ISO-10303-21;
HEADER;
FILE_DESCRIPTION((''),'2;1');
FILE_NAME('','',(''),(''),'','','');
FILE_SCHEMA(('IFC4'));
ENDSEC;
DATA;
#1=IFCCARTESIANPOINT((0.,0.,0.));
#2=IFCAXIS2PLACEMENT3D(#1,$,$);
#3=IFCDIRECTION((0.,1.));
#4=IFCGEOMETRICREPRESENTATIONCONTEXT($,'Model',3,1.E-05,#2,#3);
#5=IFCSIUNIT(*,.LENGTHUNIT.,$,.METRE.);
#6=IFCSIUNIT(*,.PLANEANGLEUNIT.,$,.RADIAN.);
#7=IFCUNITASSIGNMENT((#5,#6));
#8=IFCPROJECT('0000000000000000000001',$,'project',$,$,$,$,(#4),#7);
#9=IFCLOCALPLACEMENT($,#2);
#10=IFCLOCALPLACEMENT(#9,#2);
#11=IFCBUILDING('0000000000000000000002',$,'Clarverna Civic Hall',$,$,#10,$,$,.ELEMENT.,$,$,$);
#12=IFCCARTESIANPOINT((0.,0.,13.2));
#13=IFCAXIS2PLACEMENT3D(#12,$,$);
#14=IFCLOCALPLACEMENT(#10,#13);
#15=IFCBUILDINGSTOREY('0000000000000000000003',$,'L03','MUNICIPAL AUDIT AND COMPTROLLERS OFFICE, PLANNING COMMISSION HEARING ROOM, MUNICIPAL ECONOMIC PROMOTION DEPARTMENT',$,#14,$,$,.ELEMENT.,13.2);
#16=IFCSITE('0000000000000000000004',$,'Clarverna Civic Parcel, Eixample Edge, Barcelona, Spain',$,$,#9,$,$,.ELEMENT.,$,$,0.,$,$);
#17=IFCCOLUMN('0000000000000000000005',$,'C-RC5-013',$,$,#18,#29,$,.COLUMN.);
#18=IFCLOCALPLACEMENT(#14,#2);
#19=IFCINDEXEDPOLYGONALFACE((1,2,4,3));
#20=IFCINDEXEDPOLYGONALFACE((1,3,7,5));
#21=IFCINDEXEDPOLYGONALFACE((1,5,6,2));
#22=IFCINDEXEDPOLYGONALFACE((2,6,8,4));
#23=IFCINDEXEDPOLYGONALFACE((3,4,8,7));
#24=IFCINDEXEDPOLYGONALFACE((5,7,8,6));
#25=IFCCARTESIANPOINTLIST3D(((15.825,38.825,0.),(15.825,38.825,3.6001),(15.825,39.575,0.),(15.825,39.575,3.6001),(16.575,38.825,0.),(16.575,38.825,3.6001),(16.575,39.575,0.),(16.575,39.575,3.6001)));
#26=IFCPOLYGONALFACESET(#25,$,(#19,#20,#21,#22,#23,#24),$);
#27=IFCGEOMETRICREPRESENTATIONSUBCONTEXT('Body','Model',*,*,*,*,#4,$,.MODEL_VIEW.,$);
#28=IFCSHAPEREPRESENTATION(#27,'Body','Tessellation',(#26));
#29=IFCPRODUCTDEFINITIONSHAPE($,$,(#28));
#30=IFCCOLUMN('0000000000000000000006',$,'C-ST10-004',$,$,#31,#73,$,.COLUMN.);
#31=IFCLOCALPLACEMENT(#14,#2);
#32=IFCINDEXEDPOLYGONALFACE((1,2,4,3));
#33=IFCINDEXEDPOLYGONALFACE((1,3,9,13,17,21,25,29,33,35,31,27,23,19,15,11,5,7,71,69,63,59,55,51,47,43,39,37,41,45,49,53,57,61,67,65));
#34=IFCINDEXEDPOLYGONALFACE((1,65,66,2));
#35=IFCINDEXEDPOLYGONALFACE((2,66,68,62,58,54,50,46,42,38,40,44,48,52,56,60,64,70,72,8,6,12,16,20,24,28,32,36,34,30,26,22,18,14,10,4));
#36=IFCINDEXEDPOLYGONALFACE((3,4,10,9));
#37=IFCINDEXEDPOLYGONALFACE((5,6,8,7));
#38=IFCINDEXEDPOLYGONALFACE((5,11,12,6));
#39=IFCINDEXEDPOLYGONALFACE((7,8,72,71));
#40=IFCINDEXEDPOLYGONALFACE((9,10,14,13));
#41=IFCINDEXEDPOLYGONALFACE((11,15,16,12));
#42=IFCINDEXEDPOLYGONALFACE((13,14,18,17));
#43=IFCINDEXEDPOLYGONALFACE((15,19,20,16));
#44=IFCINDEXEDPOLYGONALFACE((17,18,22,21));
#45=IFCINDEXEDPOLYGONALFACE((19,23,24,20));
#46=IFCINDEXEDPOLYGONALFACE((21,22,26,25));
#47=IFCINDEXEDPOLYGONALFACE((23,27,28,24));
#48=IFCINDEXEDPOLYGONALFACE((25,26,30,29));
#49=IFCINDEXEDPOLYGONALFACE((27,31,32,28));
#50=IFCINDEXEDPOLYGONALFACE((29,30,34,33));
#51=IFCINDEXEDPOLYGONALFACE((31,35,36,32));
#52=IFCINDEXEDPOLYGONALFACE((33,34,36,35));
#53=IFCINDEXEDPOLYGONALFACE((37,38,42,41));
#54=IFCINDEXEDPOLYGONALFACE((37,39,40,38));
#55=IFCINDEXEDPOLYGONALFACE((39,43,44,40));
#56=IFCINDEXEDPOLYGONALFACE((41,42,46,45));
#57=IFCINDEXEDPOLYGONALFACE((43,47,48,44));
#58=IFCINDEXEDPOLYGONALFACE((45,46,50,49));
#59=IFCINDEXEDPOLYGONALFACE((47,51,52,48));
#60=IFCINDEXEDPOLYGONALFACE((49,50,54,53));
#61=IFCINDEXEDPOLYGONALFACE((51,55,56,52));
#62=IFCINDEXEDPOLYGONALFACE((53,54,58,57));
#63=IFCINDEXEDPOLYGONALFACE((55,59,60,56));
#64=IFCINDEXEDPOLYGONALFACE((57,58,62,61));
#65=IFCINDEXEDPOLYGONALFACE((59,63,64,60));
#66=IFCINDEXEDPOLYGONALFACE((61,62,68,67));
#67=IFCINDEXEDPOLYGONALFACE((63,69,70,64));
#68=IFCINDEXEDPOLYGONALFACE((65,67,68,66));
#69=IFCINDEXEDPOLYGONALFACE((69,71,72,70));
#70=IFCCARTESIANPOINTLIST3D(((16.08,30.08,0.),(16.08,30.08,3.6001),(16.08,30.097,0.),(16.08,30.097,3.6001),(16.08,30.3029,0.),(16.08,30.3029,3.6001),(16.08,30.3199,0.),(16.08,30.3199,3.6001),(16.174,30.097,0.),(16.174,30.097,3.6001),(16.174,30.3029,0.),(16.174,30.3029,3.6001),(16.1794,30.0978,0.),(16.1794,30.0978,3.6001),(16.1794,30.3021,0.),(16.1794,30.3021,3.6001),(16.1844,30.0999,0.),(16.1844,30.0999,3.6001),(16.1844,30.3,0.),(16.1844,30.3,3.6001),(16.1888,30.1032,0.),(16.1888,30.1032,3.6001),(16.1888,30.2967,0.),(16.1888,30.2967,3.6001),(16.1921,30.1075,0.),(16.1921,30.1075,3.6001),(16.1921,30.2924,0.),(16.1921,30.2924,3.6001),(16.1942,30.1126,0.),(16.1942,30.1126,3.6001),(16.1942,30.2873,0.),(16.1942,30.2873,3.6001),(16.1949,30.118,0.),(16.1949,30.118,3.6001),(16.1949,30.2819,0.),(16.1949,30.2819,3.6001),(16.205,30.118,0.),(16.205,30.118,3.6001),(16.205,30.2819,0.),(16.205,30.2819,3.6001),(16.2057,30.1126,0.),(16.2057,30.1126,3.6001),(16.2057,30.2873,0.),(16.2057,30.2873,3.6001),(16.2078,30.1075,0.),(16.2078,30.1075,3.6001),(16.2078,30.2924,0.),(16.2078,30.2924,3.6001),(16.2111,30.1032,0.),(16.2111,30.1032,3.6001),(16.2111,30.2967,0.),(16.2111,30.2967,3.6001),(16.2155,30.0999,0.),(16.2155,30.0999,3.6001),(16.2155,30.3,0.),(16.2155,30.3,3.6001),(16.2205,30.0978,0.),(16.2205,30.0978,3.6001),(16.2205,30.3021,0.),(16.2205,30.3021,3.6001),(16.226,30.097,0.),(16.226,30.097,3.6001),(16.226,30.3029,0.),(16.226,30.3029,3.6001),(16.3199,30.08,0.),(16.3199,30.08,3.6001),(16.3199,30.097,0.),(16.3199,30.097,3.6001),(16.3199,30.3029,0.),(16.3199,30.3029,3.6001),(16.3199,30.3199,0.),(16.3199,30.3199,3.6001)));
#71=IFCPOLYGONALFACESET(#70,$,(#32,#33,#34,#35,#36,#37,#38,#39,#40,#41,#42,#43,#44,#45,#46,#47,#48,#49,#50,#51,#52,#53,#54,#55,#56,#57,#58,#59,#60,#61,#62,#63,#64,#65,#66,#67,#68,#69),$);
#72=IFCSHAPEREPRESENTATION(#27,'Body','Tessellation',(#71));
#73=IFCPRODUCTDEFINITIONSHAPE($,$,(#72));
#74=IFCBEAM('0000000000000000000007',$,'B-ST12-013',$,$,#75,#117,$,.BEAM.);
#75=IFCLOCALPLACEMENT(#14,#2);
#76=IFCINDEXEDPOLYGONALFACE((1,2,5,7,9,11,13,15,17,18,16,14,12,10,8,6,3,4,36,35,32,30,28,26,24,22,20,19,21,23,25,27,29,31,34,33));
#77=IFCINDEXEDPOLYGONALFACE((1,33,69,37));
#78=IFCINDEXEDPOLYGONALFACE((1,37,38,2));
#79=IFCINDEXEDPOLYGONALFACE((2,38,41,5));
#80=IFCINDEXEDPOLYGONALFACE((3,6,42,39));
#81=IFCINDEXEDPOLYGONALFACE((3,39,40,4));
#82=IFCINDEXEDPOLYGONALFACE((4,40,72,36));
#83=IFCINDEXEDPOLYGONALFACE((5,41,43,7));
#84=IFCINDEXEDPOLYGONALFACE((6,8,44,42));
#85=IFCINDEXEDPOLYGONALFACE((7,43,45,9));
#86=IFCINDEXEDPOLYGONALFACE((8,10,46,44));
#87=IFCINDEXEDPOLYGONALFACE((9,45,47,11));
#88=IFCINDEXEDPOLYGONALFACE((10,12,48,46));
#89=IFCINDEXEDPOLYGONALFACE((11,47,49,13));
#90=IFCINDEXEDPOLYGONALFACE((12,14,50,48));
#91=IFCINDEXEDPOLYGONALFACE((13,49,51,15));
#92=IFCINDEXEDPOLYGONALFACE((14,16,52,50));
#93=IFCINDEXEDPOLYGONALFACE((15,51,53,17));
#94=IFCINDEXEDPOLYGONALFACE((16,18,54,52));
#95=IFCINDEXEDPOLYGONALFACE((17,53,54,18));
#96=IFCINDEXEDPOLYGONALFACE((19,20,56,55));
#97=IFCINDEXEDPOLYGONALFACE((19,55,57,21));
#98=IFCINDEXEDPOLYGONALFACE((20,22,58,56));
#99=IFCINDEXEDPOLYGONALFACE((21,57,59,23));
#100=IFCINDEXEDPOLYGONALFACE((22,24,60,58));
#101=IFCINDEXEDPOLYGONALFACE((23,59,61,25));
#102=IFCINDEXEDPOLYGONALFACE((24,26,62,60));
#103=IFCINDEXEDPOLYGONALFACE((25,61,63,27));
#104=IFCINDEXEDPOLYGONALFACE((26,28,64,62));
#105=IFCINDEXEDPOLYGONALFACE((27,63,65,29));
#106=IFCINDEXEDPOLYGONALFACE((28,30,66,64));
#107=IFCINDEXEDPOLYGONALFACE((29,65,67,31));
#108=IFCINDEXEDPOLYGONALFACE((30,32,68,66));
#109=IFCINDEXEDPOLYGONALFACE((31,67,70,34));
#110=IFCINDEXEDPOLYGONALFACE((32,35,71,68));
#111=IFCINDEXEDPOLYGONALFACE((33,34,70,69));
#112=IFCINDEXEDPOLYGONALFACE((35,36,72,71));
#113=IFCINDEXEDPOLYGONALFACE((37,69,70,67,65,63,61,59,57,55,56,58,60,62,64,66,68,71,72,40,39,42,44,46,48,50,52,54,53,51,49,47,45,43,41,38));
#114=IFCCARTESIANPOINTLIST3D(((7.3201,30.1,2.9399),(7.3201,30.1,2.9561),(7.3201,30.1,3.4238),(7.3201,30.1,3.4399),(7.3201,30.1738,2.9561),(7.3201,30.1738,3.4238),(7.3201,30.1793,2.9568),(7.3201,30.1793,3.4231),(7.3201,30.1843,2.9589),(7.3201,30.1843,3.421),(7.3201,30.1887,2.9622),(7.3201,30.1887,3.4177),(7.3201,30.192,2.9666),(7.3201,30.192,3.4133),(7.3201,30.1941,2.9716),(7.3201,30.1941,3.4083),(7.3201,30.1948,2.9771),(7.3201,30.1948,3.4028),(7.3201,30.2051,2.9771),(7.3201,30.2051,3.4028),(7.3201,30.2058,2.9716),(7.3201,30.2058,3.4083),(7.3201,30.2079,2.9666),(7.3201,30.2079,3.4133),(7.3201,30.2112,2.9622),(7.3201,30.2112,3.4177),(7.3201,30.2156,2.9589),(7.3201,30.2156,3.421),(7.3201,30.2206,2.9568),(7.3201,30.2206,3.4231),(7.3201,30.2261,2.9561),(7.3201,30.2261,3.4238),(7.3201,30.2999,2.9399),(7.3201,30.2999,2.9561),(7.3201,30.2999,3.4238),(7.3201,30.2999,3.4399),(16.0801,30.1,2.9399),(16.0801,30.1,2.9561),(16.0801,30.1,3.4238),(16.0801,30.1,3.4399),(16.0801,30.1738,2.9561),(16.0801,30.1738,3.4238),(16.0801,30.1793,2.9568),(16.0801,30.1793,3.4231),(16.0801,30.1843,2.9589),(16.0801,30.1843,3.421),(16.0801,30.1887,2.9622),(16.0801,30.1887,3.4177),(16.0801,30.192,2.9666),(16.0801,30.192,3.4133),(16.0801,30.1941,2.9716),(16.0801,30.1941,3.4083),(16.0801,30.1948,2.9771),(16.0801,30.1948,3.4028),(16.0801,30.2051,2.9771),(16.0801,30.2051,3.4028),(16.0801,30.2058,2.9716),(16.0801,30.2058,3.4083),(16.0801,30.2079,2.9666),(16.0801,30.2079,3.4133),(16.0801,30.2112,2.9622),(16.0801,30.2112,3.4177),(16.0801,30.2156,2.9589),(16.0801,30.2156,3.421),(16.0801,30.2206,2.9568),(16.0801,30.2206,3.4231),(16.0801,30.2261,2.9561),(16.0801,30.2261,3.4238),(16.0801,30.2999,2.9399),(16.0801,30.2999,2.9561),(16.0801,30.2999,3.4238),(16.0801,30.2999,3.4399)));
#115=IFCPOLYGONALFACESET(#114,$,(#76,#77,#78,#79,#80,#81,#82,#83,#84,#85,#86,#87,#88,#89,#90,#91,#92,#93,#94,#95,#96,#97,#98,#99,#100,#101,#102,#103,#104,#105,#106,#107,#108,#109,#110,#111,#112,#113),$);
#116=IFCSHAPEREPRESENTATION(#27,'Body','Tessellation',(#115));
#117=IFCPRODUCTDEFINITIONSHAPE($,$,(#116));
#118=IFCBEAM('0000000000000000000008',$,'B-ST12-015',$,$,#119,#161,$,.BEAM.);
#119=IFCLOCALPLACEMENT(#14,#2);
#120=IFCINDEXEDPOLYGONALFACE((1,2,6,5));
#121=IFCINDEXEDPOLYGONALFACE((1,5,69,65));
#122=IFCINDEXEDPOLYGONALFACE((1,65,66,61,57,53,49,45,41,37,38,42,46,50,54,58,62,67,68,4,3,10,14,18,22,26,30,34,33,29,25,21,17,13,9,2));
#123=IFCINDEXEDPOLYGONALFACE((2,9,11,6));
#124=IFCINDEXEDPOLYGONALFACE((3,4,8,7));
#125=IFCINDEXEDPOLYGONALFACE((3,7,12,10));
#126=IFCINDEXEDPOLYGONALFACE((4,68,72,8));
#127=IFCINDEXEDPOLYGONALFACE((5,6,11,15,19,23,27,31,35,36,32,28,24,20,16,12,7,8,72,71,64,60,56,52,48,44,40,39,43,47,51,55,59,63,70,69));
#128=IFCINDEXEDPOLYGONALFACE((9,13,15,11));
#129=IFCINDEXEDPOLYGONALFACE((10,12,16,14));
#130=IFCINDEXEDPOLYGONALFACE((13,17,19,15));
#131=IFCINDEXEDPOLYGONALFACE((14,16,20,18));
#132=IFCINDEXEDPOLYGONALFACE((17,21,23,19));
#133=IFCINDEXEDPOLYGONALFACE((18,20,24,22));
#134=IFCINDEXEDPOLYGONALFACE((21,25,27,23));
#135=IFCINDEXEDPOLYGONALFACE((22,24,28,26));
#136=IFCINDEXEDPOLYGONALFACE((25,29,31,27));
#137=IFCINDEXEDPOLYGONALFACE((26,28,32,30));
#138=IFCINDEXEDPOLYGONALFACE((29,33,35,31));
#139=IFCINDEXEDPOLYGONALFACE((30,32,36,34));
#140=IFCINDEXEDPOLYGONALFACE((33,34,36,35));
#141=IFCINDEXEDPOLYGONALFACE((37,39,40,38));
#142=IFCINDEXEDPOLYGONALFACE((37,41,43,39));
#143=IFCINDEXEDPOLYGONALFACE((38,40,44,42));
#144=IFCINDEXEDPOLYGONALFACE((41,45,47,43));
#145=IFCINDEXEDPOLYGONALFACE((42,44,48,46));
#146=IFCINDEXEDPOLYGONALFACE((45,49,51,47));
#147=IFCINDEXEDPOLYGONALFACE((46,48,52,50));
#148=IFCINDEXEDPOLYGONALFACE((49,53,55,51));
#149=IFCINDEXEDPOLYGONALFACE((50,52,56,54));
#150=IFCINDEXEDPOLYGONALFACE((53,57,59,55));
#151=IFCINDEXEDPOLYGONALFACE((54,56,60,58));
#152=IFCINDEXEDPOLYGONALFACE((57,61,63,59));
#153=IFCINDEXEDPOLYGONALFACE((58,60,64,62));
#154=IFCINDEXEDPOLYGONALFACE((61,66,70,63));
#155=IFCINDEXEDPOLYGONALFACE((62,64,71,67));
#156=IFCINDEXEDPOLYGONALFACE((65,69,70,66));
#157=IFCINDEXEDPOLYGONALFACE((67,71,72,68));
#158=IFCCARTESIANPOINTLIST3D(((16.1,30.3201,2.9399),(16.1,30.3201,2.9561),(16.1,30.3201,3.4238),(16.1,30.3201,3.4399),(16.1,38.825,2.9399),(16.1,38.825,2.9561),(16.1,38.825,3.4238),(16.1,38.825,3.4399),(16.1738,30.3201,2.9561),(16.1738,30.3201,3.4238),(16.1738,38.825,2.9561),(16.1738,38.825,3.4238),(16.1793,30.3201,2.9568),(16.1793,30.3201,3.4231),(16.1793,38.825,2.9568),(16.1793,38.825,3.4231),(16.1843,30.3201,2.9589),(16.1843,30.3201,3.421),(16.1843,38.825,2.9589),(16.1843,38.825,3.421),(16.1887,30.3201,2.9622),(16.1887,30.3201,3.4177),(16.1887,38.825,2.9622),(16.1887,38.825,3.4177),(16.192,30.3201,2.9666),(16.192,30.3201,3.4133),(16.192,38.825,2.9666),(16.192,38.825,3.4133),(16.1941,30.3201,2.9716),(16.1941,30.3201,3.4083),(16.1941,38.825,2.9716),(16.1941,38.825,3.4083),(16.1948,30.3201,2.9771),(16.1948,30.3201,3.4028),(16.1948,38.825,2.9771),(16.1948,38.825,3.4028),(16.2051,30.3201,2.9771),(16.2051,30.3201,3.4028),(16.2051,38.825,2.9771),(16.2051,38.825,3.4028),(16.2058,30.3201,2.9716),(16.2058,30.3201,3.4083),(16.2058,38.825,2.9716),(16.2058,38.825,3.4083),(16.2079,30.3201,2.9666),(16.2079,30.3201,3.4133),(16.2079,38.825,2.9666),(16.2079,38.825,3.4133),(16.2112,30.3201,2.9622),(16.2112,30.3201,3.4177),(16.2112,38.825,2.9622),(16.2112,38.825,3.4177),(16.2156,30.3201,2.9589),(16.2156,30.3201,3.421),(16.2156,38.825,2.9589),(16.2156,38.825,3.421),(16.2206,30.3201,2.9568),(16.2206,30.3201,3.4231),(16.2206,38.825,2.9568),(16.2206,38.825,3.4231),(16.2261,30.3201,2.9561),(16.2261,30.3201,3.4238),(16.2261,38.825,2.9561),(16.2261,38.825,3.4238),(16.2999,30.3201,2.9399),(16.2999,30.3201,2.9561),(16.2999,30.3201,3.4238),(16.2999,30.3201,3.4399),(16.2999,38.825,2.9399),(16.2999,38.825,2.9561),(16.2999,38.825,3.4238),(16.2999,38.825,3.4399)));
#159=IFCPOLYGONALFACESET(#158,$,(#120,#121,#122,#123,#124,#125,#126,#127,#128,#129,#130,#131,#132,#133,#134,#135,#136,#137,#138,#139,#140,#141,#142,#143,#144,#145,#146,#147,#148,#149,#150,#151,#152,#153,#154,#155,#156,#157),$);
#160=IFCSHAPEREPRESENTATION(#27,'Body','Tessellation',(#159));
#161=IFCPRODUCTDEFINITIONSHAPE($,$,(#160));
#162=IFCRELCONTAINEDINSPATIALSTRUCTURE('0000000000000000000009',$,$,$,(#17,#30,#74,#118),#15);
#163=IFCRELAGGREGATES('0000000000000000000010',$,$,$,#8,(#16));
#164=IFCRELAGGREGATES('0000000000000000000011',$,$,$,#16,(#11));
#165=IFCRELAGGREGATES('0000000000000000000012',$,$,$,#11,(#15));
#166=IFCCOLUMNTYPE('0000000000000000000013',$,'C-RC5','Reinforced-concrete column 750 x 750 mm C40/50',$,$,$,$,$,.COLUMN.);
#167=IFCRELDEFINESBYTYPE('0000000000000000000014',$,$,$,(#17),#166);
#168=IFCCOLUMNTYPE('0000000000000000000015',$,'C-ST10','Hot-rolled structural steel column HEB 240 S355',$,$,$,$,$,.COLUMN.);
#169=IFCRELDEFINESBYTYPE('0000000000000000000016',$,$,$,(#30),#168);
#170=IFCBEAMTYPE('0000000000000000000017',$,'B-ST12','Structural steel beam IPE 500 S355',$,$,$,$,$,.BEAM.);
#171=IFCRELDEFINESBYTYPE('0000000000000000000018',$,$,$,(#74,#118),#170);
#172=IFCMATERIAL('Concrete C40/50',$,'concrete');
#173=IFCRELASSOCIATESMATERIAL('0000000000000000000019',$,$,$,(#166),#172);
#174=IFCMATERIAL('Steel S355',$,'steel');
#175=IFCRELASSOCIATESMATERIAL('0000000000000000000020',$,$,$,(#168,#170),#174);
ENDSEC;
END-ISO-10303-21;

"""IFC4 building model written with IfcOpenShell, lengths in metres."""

from ifc_helpers import new_model, si_unit, direction, frame, origin, origin_2d, place, context, subcontext, project, spatial, rectangle, i_section, extrude, material, material_profile, profile_set, type_object, element, save


model = new_model("IFC4")

# Units and contexts
model_context = context("Model", 3, precision=1e-05, world=origin(), true_north=direction((0.0, 1.0)))
body_context = subcontext(model_context, "Body", "Model", "MODEL_VIEW")
ifc_project = project(units=[si_unit("LENGTHUNIT", "METRE"), si_unit("PLANEANGLEUNIT", "RADIAN")], contexts=[model_context])

# Site, building, storey
site_placement = place(None, origin())
site = spatial("IfcSite", under=ifc_project, at=site_placement, Name="Clarverna Civic Parcel, Eixample Edge, Barcelona, Spain", CompositionType="ELEMENT", RefElevation=0.0)
building_placement = place(site_placement, origin())
building = spatial("IfcBuilding", under=site, at=building_placement, Name="Clarverna Civic Hall", CompositionType="ELEMENT")
storey_placement = place(building_placement, frame((0.0, 0.0, 13.2)))
storey = spatial("IfcBuildingStorey", under=building, at=storey_placement, Name="L03", Description="MUNICIPAL AUDIT AND COMPTROLLERS OFFICE, PLANNING COMMISSION HEARING ROOM, MUNICIPAL ECONOMIC PROMOTION DEPARTMENT", CompositionType="ELEMENT", Elevation=13.2)

# Columns
ifc_material_1 = material(Name="Concrete C40/50", Category="concrete")
ifc_material_profile_1 = material_profile(ifc_material_1, rectangle(XDim=0.75, YDim=0.75, at=origin_2d()), Name="RC 750x750")
ifc_profile_set_1 = profile_set([ifc_material_profile_1], Name="Concrete C40/50")
column_type_1 = type_object("IfcColumnType", Name="C-RC5", Description="Reinforced-concrete column 750 x 750 mm C40/50", PredefinedType="COLUMN", material=ifc_profile_set_1)
column_1_placement = place(storey_placement, frame((16.2, 39.2, 0.0), z_axis=(0.0, 0.0, 1.0), x_axis=(1.0, 0.0, 0.0)))
element("IfcColumn", 1, at=column_1_placement, inside=storey, type_object=column_type_1, Name="C-RC5-013", PredefinedType="COLUMN", context=body_context, shape_type="SweptSolid", body=[
    extrude(rectangle(XDim=0.75, YDim=0.75, at=origin_2d()), origin(), (0.0, 0.0, 1.0), 3.6001),
])
ifc_material_2 = material(Name="Steel S355", Category="steel")
ifc_material_profile_2 = material_profile(ifc_material_2, i_section(OverallWidth=0.24, OverallDepth=0.24, WebThickness=0.01, FlangeThickness=0.0171, FilletRadius=0.021, at=origin_2d()), Name="HEB 240")
ifc_profile_set_2 = profile_set([ifc_material_profile_2], Name="Steel S355")
column_type_2 = type_object("IfcColumnType", Name="C-ST10", Description="Hot-rolled structural steel column HEB 240 S355", PredefinedType="COLUMN", material=ifc_profile_set_2)
column_2_placement = place(storey_placement, frame((16.2, 30.2, 0.0), z_axis=(0.0, 0.0, 1.0), x_axis=(1.0, 0.0, 0.0)))
element("IfcColumn", 2, at=column_2_placement, inside=storey, type_object=column_type_2, Name="C-ST10-004", PredefinedType="COLUMN", context=body_context, shape_type="SweptSolid", body=[
    extrude(i_section(OverallWidth=0.24, OverallDepth=0.24, WebThickness=0.01, FlangeThickness=0.0171, FilletRadius=0.021, at=origin_2d()), origin(), (0.0, 0.0, 1.0), 3.6001),
])

# Beams
ifc_material_profile_3 = material_profile(ifc_material_2, i_section(OverallWidth=0.2, OverallDepth=0.5, WebThickness=0.0103, FlangeThickness=0.0161, FilletRadius=0.021, at=origin_2d()), Name="IPE 500")
ifc_profile_set_3 = profile_set([ifc_material_profile_3], Name="Steel S355")
beam_type_1 = type_object("IfcBeamType", Name="B-ST12", Description="Structural steel beam IPE 500 S355", PredefinedType="BEAM", material=ifc_profile_set_3)
beam_1_placement = place(storey_placement, frame((7.3201, 30.2, 3.1899), z_axis=(1.0, 0.0, 0.0), x_axis=(0.0, 1.0, 0.0)))
element("IfcBeam", 3, at=beam_1_placement, inside=storey, type_object=beam_type_1, Name="B-ST12-013", PredefinedType="BEAM", context=body_context, shape_type="SweptSolid", body=[
    extrude(i_section(OverallWidth=0.2, OverallDepth=0.5, WebThickness=0.0103, FlangeThickness=0.0161, FilletRadius=0.021, at=origin_2d()), origin(), (0.0, 0.0, 1.0), 8.76),
])
beam_2_placement = place(storey_placement, frame((16.2, 30.3201, 3.1899), z_axis=(0.0, 1.0, 0.0), x_axis=(-1.0, 0.0, 0.0)))
element("IfcBeam", 4, at=beam_2_placement, inside=storey, type_object=beam_type_1, Name="B-ST12-015", PredefinedType="BEAM", context=body_context, shape_type="SweptSolid", body=[
    extrude(i_section(OverallWidth=0.2, OverallDepth=0.5, WebThickness=0.0103, FlangeThickness=0.0161, FilletRadius=0.021, at=origin_2d()), origin(), (0.0, 0.0, 1.0), 8.5049),
])

save(model, "model.ifc")
